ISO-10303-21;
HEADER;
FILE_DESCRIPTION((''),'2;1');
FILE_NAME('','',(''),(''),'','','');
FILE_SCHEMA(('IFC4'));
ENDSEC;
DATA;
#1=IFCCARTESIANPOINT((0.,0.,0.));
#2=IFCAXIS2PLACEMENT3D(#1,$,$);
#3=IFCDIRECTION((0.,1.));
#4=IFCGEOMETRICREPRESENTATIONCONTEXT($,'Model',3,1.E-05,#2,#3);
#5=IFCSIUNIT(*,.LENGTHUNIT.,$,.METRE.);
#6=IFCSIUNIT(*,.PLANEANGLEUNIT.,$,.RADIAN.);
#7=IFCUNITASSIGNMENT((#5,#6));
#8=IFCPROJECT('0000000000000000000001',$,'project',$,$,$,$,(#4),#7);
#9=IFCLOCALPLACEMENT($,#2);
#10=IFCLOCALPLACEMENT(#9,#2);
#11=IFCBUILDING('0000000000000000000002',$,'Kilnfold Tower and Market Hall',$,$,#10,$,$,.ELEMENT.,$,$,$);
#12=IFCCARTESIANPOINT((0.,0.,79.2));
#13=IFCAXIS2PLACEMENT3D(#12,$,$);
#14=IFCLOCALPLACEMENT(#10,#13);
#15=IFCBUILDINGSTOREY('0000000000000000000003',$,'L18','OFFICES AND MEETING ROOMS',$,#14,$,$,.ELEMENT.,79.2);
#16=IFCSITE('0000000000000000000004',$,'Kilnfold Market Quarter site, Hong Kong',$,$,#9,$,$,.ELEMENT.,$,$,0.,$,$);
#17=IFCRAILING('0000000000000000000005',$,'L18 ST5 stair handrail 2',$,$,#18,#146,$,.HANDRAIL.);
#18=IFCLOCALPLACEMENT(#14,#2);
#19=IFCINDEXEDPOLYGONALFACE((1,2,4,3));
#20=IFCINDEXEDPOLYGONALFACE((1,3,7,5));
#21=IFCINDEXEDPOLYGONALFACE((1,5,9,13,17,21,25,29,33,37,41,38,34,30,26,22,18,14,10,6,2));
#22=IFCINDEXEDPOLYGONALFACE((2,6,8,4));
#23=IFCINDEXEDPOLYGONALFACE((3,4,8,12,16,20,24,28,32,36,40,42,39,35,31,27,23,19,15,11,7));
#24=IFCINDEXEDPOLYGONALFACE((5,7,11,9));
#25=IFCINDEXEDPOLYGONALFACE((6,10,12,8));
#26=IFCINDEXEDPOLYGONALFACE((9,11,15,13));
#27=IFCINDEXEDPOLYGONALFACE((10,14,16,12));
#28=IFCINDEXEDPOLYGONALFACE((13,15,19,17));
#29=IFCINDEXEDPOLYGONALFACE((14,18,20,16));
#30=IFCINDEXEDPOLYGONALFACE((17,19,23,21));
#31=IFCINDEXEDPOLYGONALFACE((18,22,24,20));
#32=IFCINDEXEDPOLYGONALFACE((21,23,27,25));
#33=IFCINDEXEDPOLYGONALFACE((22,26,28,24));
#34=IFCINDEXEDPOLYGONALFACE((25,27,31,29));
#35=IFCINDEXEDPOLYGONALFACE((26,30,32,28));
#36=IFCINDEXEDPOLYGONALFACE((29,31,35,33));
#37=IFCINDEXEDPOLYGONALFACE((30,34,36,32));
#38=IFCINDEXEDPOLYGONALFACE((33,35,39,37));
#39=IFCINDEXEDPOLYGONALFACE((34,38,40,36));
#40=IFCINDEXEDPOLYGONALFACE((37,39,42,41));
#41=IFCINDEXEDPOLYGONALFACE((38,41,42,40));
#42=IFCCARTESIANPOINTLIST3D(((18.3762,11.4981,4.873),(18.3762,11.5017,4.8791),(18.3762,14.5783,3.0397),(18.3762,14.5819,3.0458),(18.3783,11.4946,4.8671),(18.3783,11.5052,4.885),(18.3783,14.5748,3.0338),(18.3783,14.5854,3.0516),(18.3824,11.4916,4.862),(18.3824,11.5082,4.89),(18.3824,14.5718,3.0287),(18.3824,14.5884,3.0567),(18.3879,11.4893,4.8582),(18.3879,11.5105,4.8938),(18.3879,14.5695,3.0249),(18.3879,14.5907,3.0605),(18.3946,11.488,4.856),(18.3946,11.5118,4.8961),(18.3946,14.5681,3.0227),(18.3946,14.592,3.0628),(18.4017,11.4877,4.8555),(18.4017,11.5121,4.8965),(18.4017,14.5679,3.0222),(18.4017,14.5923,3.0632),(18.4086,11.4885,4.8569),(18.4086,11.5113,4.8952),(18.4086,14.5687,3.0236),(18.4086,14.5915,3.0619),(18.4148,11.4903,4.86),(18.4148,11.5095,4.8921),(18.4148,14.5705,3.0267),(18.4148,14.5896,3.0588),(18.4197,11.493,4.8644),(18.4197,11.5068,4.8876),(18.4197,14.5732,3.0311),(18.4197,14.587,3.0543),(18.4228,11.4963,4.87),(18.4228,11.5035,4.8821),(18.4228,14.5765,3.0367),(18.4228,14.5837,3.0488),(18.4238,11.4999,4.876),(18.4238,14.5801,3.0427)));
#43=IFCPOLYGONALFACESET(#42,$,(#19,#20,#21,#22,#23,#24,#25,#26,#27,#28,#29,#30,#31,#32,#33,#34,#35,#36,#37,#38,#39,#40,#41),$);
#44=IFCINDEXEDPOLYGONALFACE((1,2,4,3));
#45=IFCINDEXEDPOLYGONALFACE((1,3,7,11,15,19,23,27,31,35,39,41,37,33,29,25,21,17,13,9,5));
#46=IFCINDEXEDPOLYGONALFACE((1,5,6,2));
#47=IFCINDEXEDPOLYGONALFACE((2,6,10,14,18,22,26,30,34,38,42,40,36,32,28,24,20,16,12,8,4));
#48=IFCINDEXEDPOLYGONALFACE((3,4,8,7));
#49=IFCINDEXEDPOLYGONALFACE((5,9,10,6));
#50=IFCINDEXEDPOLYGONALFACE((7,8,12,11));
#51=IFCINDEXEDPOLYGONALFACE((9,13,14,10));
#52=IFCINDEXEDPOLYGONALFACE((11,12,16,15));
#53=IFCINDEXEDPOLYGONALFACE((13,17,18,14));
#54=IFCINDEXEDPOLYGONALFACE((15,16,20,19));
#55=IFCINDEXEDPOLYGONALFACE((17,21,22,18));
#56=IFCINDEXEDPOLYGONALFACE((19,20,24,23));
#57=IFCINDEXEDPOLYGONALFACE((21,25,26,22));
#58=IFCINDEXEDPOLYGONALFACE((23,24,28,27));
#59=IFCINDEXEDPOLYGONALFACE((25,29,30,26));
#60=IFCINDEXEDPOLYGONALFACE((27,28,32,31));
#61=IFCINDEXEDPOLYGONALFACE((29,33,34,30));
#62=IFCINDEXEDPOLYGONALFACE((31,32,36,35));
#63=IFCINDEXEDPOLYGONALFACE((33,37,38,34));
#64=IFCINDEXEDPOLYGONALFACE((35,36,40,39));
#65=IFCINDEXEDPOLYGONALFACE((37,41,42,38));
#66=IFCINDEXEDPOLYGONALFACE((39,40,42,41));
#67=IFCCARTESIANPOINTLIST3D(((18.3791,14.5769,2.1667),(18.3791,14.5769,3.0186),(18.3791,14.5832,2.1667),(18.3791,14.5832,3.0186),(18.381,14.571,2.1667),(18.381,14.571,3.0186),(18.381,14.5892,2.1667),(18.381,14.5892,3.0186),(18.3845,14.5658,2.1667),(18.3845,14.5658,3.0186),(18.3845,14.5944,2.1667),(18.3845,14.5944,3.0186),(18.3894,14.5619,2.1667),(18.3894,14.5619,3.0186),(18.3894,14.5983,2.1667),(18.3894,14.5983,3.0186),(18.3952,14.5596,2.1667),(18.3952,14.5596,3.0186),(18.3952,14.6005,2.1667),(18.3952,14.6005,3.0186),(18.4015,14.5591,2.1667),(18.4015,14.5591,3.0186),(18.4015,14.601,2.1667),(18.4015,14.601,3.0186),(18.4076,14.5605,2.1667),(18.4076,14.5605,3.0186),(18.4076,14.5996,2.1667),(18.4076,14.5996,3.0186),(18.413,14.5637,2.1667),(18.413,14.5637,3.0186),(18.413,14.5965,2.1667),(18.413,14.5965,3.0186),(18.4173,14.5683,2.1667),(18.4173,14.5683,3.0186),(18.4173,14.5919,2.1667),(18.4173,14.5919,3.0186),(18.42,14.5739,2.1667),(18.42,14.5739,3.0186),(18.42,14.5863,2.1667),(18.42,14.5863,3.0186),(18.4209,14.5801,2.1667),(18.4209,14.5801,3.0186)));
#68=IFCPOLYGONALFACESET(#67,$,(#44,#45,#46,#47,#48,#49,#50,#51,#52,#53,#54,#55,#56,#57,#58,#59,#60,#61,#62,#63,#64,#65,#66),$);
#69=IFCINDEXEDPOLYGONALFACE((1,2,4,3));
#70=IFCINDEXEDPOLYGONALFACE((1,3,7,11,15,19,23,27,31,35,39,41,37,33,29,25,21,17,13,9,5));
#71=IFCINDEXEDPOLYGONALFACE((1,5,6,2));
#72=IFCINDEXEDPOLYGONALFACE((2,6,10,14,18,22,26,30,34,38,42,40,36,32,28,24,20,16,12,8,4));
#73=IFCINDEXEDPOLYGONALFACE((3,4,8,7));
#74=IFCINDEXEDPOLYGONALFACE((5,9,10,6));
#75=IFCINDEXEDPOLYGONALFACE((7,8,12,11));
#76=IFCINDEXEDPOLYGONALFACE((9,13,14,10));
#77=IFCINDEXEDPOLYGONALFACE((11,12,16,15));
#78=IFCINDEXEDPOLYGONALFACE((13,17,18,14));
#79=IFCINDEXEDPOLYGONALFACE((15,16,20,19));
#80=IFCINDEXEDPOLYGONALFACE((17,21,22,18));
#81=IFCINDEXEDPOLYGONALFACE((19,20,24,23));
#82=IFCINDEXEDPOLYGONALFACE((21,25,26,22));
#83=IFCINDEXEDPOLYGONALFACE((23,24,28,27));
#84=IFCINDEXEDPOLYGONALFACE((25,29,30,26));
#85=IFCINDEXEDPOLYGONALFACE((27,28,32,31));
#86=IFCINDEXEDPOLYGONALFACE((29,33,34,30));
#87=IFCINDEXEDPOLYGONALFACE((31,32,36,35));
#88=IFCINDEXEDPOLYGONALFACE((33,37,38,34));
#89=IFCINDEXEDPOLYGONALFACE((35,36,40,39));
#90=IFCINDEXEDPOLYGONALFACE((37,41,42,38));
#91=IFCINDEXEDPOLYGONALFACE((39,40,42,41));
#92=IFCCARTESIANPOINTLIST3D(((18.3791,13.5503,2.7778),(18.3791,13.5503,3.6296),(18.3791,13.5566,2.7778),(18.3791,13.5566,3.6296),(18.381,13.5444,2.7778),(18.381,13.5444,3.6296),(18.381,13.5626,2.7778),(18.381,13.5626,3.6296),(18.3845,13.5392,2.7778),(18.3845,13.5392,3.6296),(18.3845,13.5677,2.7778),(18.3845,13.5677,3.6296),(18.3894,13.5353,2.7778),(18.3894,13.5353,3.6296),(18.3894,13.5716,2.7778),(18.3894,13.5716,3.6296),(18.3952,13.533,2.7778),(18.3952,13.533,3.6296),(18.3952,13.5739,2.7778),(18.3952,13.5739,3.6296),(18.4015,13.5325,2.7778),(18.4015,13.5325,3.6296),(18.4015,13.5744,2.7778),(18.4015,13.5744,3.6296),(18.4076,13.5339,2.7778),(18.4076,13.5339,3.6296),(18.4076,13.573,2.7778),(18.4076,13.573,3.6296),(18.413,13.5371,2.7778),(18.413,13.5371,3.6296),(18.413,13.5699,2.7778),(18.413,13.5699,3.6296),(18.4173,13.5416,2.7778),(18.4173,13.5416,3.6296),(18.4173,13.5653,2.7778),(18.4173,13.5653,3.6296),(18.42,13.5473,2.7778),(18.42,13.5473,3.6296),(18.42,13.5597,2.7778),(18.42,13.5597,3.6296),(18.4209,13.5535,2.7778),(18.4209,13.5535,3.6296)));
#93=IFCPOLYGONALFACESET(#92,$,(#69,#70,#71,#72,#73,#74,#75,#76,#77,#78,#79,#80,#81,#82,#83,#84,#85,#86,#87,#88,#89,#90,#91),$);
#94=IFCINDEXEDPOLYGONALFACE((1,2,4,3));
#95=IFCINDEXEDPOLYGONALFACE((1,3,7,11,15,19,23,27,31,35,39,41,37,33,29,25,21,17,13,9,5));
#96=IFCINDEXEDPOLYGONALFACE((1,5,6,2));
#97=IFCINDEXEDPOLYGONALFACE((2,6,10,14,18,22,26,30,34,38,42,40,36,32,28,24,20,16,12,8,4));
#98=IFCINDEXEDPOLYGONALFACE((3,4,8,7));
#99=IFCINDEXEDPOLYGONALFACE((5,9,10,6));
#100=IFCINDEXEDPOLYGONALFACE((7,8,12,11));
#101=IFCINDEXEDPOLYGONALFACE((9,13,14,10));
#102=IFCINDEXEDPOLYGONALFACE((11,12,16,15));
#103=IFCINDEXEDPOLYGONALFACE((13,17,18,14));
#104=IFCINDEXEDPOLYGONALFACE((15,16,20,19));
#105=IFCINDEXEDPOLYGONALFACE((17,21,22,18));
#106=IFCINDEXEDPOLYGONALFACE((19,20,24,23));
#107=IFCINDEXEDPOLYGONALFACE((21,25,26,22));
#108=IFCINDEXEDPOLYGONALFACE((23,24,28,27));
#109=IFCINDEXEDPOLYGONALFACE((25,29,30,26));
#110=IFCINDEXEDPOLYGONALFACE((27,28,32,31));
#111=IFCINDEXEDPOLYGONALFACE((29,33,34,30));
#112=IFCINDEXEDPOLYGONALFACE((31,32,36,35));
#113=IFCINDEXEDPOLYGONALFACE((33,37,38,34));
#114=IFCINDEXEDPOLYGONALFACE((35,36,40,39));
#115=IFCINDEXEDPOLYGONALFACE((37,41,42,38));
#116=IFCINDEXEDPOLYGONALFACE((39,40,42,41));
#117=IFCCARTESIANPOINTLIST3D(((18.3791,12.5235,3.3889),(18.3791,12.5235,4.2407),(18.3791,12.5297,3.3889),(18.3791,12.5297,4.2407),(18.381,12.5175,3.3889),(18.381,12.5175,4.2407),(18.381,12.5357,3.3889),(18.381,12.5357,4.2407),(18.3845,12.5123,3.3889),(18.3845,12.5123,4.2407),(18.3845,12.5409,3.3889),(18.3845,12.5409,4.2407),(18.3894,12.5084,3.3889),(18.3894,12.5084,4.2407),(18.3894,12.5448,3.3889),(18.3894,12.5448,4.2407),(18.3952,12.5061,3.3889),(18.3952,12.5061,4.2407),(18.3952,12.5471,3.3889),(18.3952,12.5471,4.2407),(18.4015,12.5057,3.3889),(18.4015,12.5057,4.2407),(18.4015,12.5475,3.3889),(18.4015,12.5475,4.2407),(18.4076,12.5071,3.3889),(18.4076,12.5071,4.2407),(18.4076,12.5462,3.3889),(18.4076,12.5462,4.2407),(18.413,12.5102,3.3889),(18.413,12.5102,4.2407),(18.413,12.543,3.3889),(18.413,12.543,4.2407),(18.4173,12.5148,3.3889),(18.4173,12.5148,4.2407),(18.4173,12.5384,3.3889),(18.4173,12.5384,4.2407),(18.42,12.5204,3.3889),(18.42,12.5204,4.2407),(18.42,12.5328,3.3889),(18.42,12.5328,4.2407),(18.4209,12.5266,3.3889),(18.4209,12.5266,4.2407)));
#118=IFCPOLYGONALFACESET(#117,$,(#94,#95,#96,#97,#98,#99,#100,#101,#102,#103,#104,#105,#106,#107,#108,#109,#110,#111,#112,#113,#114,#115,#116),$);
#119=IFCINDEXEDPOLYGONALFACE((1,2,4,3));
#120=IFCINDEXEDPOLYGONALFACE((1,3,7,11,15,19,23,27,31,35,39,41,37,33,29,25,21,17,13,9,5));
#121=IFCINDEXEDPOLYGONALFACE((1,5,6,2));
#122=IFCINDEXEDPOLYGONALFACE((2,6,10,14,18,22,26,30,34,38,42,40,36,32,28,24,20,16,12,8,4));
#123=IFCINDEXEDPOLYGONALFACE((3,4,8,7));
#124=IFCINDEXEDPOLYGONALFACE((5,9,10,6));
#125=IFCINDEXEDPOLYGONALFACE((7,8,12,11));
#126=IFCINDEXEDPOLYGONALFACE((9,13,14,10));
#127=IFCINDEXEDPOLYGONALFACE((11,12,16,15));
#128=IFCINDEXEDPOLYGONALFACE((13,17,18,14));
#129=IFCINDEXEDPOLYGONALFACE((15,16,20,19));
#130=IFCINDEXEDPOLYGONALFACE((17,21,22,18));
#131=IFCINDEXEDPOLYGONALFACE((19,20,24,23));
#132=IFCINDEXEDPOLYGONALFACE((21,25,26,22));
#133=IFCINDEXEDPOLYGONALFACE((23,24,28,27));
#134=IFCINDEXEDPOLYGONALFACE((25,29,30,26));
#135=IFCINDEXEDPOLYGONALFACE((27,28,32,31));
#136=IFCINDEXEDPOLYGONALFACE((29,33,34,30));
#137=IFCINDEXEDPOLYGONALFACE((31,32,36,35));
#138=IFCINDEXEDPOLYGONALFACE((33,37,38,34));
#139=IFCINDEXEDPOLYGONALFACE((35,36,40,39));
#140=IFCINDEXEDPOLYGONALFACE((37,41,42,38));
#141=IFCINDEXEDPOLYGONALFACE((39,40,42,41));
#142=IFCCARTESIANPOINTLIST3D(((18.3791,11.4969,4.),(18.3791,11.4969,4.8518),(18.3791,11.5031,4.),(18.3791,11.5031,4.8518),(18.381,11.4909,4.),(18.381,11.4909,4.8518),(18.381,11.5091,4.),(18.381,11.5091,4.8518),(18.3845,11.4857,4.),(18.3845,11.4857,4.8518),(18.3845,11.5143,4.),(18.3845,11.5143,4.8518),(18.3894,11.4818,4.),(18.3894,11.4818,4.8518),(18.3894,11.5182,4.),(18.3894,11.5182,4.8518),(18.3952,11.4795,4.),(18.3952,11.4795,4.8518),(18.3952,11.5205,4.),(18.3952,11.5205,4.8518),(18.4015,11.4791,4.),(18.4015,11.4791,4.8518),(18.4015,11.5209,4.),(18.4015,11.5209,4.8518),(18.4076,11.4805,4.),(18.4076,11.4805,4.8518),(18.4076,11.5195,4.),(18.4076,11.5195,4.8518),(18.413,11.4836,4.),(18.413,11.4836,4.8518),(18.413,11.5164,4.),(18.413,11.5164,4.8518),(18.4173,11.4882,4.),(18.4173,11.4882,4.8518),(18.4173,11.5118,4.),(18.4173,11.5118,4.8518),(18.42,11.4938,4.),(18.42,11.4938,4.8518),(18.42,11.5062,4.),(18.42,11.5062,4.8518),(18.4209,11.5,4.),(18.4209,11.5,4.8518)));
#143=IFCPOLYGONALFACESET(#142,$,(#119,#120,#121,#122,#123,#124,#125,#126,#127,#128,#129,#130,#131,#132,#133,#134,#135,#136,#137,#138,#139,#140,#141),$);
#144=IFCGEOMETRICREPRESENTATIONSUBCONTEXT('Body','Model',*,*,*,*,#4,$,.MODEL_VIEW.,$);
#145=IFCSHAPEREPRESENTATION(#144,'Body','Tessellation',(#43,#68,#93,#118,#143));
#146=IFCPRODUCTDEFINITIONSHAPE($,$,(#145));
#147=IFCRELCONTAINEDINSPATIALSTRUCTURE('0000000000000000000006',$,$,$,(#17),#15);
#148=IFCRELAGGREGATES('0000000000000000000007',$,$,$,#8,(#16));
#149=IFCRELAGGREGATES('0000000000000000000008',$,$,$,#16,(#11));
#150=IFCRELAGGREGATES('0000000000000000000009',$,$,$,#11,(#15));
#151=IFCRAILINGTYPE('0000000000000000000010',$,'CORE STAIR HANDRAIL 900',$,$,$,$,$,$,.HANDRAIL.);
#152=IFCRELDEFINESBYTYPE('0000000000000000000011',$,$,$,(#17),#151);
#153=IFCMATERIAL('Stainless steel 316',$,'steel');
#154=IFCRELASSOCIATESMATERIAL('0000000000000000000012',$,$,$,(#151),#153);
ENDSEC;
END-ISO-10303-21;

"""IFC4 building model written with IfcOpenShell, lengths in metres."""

from ifc_helpers import new_model, si_unit, direction, frame, origin, origin_2d, place, context, subcontext, project, spatial, circle, extrude, material, type_object, element, save


model = new_model("IFC4")

# Units and contexts
model_context = context("Model", 3, precision=1e-05, world=origin(), true_north=direction((0.0, 1.0)))
body_context = subcontext(model_context, "Body", "Model", "MODEL_VIEW")
ifc_project = project(units=[si_unit("LENGTHUNIT", "METRE"), si_unit("PLANEANGLEUNIT", "RADIAN")], contexts=[model_context])

# Site, building, storey
site_placement = place(None, origin())
site = spatial("IfcSite", under=ifc_project, at=site_placement, Name="Kilnfold Market Quarter site, Hong Kong", CompositionType="ELEMENT", RefElevation=0.0)
building_placement = place(site_placement, origin())
building = spatial("IfcBuilding", under=site, at=building_placement, Name="Kilnfold Tower and Market Hall", CompositionType="ELEMENT")
storey_placement = place(building_placement, frame((0.0, 0.0, 79.2)))
storey = spatial("IfcBuildingStorey", under=building, at=storey_placement, Name="L18", Description="OFFICES AND MEETING ROOMS", CompositionType="ELEMENT", Elevation=79.2)

# Railing
ifc_material_1 = material(Name="Stainless steel 316", Category="steel")
railing_type_1 = type_object("IfcRailingType", Name="CORE STAIR HANDRAIL 900", PredefinedType="HANDRAIL", material=ifc_material_1)
railing_1_placement = place(storey_placement, frame((18.3999, 14.5801, 2.1667)))
element("IfcRailing", 1, at=railing_1_placement, inside=storey, type_object=railing_type_1, Name="L18 ST5 stair handrail 2", PredefinedType="HANDRAIL", context=body_context, shape_type="SweptSolid", body=[
    extrude(circle(Radius=0.0239, at=origin_2d()), frame((0.0, 0.0, 0.876), z_axis=(0.0, -0.859309, 0.511458), x_axis=(1.0, 0.0, 0.0)), (0.0, 0.0, 1.0), 3.5845),
    extrude(circle(Radius=0.021, at=origin_2d()), origin(), (0.0, 0.0, 1.0), 0.8518),
    extrude(circle(Radius=0.021, at=origin_2d()), frame((0.0, -1.0266, 0.6111)), (0.0, 0.0, 1.0), 0.8518),
    extrude(circle(Radius=0.021, at=origin_2d()), frame((0.0, -2.0535, 1.2222)), (0.0, 0.0, 1.0), 0.8518),
    extrude(circle(Radius=0.021, at=origin_2d()), frame((0.0, -3.0801, 1.8333)), (0.0, 0.0, 1.0), 0.8518),
])

save(model, "model.ifc")
